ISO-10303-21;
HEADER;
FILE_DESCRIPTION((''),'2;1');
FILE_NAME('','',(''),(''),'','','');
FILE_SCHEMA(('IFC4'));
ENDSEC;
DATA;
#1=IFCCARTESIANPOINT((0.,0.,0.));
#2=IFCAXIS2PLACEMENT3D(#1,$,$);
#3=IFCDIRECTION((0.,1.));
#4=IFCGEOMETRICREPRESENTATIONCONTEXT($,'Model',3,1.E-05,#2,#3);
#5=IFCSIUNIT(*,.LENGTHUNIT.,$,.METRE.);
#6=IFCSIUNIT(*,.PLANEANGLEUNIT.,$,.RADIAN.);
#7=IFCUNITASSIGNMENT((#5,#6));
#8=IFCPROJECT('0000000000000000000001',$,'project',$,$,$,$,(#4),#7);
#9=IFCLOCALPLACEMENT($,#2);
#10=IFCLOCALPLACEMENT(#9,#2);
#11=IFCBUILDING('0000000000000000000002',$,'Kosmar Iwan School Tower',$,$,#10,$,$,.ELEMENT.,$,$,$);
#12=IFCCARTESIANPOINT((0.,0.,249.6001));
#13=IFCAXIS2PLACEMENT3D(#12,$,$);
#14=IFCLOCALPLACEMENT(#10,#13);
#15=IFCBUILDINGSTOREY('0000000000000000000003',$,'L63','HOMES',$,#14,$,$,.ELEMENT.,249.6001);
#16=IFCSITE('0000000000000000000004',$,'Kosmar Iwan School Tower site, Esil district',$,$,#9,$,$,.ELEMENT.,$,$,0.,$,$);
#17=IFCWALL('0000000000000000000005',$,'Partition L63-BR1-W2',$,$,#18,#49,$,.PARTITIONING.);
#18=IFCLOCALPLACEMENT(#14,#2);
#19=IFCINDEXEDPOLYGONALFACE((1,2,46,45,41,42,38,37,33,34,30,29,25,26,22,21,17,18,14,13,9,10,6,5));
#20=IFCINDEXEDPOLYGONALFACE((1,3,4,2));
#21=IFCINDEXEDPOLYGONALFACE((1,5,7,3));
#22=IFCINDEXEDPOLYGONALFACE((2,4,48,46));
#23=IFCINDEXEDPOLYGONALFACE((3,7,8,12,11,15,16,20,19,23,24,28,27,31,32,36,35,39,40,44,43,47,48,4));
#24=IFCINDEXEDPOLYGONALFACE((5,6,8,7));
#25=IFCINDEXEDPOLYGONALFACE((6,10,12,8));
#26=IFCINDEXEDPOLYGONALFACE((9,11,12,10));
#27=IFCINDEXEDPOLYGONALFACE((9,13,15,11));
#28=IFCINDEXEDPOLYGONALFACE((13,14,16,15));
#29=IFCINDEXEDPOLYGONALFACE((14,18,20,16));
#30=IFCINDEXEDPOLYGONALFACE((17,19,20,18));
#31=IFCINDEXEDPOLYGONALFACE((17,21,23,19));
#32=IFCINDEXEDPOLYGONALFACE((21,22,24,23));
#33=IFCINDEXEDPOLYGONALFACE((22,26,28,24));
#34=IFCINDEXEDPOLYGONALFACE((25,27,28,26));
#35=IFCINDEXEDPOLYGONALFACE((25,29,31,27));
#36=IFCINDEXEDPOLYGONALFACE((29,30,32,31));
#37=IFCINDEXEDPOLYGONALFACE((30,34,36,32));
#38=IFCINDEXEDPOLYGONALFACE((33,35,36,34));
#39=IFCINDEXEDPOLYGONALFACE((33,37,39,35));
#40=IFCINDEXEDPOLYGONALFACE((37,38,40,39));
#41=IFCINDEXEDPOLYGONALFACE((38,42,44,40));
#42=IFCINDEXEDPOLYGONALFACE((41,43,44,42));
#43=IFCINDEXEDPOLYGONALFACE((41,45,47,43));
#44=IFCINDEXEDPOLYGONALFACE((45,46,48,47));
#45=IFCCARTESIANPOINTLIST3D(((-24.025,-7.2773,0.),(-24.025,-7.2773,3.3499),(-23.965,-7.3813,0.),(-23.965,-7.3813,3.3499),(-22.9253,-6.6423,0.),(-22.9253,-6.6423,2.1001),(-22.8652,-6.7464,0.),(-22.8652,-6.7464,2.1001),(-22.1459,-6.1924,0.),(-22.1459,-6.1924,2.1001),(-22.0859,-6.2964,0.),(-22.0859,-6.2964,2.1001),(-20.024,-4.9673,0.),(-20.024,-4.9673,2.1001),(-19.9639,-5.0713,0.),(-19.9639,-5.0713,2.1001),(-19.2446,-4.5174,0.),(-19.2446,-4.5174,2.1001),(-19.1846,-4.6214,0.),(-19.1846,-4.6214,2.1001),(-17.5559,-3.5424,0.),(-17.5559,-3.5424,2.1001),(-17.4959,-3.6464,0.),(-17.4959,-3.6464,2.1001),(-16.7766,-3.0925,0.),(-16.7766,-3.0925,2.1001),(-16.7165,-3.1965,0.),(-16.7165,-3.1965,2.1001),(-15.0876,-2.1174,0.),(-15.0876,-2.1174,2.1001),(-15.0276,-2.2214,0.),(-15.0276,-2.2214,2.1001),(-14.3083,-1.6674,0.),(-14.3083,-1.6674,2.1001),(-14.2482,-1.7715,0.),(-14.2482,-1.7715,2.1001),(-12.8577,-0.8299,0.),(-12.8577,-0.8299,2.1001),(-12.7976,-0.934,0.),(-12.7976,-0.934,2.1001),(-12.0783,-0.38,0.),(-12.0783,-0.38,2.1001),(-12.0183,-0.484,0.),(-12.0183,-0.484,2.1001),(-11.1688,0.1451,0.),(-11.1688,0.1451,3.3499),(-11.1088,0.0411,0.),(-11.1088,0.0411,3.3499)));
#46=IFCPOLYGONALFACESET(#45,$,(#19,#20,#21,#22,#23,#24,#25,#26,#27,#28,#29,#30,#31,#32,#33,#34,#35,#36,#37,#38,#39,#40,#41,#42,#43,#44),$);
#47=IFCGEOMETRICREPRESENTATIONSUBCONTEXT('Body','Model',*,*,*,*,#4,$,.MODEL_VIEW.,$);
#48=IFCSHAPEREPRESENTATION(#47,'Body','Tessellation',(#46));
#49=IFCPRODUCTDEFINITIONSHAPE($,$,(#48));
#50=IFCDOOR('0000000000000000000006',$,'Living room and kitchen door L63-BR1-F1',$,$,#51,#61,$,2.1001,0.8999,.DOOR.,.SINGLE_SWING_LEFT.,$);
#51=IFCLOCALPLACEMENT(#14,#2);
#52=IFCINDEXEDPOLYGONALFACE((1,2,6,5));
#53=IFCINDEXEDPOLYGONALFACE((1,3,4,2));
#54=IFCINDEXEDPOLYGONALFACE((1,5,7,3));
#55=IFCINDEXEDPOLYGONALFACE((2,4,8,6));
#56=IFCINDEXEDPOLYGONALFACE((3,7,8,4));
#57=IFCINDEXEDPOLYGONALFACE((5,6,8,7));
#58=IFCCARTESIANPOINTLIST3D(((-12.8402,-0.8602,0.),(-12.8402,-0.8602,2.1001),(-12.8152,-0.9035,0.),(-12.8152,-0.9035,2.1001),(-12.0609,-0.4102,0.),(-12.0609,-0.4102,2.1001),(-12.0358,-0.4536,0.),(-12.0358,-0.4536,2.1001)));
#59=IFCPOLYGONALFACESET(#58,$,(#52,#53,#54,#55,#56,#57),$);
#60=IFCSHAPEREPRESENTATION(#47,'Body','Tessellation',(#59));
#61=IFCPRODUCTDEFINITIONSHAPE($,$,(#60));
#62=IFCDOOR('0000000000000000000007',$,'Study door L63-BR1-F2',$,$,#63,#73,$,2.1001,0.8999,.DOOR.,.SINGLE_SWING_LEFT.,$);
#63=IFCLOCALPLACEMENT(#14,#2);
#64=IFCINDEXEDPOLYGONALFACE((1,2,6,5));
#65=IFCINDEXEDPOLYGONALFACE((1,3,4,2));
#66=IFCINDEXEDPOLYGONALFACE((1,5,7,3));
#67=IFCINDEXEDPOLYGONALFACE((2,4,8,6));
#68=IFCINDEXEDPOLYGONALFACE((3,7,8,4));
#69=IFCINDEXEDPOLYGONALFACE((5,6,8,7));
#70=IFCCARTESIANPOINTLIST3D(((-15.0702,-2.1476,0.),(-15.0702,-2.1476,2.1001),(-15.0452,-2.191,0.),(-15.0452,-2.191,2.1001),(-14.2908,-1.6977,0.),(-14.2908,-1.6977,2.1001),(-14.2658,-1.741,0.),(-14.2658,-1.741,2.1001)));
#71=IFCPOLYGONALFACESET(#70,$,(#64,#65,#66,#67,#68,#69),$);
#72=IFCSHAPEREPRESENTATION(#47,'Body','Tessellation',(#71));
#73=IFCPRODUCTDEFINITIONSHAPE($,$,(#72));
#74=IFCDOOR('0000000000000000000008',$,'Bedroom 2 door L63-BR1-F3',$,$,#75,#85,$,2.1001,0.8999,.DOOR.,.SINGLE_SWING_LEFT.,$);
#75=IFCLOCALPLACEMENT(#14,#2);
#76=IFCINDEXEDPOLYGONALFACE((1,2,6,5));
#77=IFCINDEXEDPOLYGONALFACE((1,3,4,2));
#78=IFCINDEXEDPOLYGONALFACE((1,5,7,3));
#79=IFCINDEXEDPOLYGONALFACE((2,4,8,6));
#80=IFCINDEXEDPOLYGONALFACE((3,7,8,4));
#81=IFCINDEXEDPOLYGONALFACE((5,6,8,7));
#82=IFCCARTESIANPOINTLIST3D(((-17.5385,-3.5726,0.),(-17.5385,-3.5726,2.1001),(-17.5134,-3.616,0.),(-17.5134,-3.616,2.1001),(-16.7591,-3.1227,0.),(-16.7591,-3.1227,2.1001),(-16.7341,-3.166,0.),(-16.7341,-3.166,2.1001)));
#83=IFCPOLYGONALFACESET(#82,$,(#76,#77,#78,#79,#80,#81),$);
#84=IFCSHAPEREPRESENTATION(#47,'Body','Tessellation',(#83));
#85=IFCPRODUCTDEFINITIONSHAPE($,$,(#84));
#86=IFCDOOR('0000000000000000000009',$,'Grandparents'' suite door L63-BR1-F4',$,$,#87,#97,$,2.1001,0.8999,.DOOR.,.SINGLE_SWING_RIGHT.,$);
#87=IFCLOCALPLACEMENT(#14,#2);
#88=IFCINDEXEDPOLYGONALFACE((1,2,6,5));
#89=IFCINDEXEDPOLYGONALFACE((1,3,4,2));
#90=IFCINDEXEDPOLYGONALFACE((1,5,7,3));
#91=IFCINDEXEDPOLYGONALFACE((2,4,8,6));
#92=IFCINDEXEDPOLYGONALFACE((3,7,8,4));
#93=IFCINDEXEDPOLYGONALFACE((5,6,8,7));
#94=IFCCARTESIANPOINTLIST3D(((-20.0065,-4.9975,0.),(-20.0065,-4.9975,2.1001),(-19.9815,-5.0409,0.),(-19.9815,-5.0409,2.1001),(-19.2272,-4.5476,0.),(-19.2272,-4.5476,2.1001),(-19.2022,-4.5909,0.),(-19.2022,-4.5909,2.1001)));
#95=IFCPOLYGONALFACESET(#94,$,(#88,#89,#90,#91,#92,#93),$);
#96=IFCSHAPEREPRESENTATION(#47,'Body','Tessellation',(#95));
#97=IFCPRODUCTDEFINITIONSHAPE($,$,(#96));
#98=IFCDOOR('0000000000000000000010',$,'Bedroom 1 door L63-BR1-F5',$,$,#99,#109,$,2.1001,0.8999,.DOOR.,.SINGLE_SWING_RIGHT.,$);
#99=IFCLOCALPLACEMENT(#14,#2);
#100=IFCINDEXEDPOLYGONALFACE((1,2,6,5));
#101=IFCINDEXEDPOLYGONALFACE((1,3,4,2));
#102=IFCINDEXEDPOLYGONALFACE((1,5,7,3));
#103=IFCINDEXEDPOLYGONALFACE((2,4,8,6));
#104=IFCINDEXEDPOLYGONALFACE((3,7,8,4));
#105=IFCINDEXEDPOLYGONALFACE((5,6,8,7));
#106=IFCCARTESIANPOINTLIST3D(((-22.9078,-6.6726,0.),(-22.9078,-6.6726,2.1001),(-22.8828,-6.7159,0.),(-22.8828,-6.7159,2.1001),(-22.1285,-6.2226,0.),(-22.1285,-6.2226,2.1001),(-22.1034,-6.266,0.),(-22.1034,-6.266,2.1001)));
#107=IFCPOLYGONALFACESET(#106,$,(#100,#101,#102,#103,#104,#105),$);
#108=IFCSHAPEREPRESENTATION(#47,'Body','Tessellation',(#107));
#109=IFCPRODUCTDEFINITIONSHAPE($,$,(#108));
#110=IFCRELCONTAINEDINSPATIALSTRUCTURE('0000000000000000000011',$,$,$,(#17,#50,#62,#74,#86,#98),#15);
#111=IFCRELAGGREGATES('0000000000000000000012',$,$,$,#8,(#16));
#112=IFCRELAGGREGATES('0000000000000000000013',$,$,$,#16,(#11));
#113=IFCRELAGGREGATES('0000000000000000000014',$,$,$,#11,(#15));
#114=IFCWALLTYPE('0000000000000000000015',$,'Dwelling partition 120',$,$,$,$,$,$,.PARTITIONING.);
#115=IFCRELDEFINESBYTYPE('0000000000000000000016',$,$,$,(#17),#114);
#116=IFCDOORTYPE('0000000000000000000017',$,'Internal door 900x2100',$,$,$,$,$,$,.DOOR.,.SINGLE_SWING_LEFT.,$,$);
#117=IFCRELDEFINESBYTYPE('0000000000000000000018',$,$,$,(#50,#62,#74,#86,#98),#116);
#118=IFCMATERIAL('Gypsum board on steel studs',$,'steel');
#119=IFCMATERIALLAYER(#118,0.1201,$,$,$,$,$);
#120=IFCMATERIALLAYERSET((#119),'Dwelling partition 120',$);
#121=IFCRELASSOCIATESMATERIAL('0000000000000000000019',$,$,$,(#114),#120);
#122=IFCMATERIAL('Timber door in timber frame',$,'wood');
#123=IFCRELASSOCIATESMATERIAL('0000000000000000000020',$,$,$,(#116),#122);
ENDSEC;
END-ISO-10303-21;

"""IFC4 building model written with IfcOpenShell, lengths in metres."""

from ifc_helpers import new_model, si_unit, direction, frame, frame_2d, origin, place, context, subcontext, project, spatial, rectangle, extrude, material, layer, layer_set, type_object, element, fill, save


model = new_model("IFC4")

# Units and contexts
model_context = context("Model", 3, precision=1e-05, world=origin(), true_north=direction((0.0, 1.0)))
body_context = subcontext(model_context, "Body", "Model", "MODEL_VIEW")
ifc_project = project(units=[si_unit("LENGTHUNIT", "METRE"), si_unit("PLANEANGLEUNIT", "RADIAN")], contexts=[model_context])

# Site, building, storey
site_placement = place(None, origin())
site = spatial("IfcSite", under=ifc_project, at=site_placement, Name="Kosmar Iwan School Tower site, Esil district", CompositionType="ELEMENT", RefElevation=0.0)
building_placement = place(site_placement, origin())
building = spatial("IfcBuilding", under=site, at=building_placement, Name="Kosmar Iwan School Tower", CompositionType="ELEMENT")
storey_placement = place(building_placement, frame((0.0, 0.0, 249.6001)))
storey = spatial("IfcBuildingStorey", under=building, at=storey_placement, Name="L63", Description="HOMES", CompositionType="ELEMENT", Elevation=249.6001)

# Wall, openings, doors
ifc_material_1 = material(Name="Gypsum board on steel studs", Category="steel")
ifc_layer = layer(ifc_material_1, 0.1201)
ifc_layer_set = layer_set([ifc_layer], Name="Dwelling partition 120")
wall_type = type_object("IfcWallType", Name="Dwelling partition 120", PredefinedType="PARTITIONING", material=ifc_layer_set)
ifc_material_2 = material(Name="Timber door in timber frame", Category="wood")
door_type_1 = type_object("IfcDoorType", Name="Internal door 900x2100", OperationType="SINGLE_SWING_LEFT", PredefinedType="DOOR", material=ifc_material_2)
wall_1_placement = place(storey_placement, frame((-11.1389, 0.093, 0.0), z_axis=(0.0, 0.0, 1.0), x_axis=(-0.86603, -0.499992, 0.0)))
wall_1 = element("IfcWall", 1, at=wall_1_placement, inside=storey, type_object=wall_type, Name="Partition L63-BR1-W2", PredefinedType="PARTITIONING", context=body_context, shape_type="SweptSolid", body=[
    extrude(rectangle(XDim=14.845, YDim=0.1201, at=frame_2d((7.4224, 0.0))), origin(), (0.0, 0.0, 1.0), 3.3499),
])
opening_1_placement = place(wall_1_placement, frame((1.05, 0.0, 0.0)))
opening_1 = element("IfcOpeningElement", 2, at=opening_1_placement, cuts=wall_1, PredefinedType="OPENING", context=body_context, shape_type="SweptSolid", body=[
    extrude(rectangle(XDim=0.8999, YDim=2.1001, at=frame_2d((0.45, 1.05))), frame((0.0, 0.072, 0.0), z_axis=(0.0, -1.0, 0.0), x_axis=(1.0, 0.0, 0.0)), (0.0, 0.0, 1.0), 0.144),
])
opening_2_placement = place(wall_1_placement, frame((3.625, 0.0, 0.0)))
opening_2 = element("IfcOpeningElement", 3, at=opening_2_placement, cuts=wall_1, PredefinedType="OPENING", context=body_context, shape_type="SweptSolid", body=[
    extrude(rectangle(XDim=0.8999, YDim=2.1001, at=frame_2d((0.45, 1.05))), frame((0.0, 0.072, 0.0), z_axis=(0.0, -1.0, 0.0), x_axis=(1.0, 0.0, 0.0)), (0.0, 0.0, 1.0), 0.144),
])
opening_3_placement = place(wall_1_placement, frame((6.4751, 0.0, 0.0)))
opening_3 = element("IfcOpeningElement", 4, at=opening_3_placement, cuts=wall_1, PredefinedType="OPENING", context=body_context, shape_type="SweptSolid", body=[
    extrude(rectangle(XDim=0.8999, YDim=2.1001, at=frame_2d((0.45, 1.05))), frame((0.0, 0.072, 0.0), z_axis=(0.0, -1.0, 0.0), x_axis=(1.0, 0.0, 0.0)), (0.0, 0.0, 1.0), 0.144),
])
opening_4_placement = place(wall_1_placement, frame((9.325, 0.0, 0.0)))
opening_4 = element("IfcOpeningElement", 5, at=opening_4_placement, cuts=wall_1, PredefinedType="OPENING", context=body_context, shape_type="SweptSolid", body=[
    extrude(rectangle(XDim=0.8999, YDim=2.1001, at=frame_2d((0.45, 1.05))), frame((0.0, 0.072, 0.0), z_axis=(0.0, -1.0, 0.0), x_axis=(1.0, 0.0, 0.0)), (0.0, 0.0, 1.0), 0.144),
])
opening_5_placement = place(wall_1_placement, frame((12.675, 0.0, 0.0)))
opening_5 = element("IfcOpeningElement", 6, at=opening_5_placement, cuts=wall_1, PredefinedType="OPENING", context=body_context, shape_type="SweptSolid", body=[
    extrude(rectangle(XDim=0.8999, YDim=2.1001, at=frame_2d((0.45, 1.05))), frame((0.0, 0.072, 0.0), z_axis=(0.0, -1.0, 0.0), x_axis=(1.0, 0.0, 0.0)), (0.0, 0.0, 1.0), 0.144),
])
door_1_placement = place(opening_1_placement, origin())
door_1 = element("IfcDoor", 7, at=door_1_placement, inside=storey, type_object=door_type_1, Name="Living room and kitchen door L63-BR1-F1", OperationType="SINGLE_SWING_LEFT", OverallHeight=2.1001, OverallWidth=0.8999, PredefinedType="DOOR", context=body_context, shape_type="SweptSolid", body=[
    extrude(rectangle(XDim=0.8999, YDim=2.1001, at=frame_2d((0.45, 1.05))), frame((0.0, 0.0249, 0.0), z_axis=(0.0, -1.0, 0.0), x_axis=(1.0, 0.0, 0.0)), (0.0, 0.0, 1.0), 0.05),
])
fill(opening_1, door_1)
door_2_placement = place(opening_2_placement, origin())
door_2 = element("IfcDoor", 8, at=door_2_placement, inside=storey, type_object=door_type_1, Name="Study door L63-BR1-F2", OperationType="SINGLE_SWING_LEFT", OverallHeight=2.1001, OverallWidth=0.8999, PredefinedType="DOOR", context=body_context, shape_type="SweptSolid", body=[
    extrude(rectangle(XDim=0.8999, YDim=2.1001, at=frame_2d((0.45, 1.05))), frame((0.0, 0.0249, 0.0), z_axis=(0.0, -1.0, 0.0), x_axis=(1.0, 0.0, 0.0)), (0.0, 0.0, 1.0), 0.05),
])
fill(opening_2, door_2)
door_3_placement = place(opening_3_placement, origin())
door_3 = element("IfcDoor", 9, at=door_3_placement, inside=storey, type_object=door_type_1, Name="Bedroom 2 door L63-BR1-F3", OperationType="SINGLE_SWING_LEFT", OverallHeight=2.1001, OverallWidth=0.8999, PredefinedType="DOOR", context=body_context, shape_type="SweptSolid", body=[
    extrude(rectangle(XDim=0.8999, YDim=2.1001, at=frame_2d((0.45, 1.05))), frame((0.0, 0.0249, 0.0), z_axis=(0.0, -1.0, 0.0), x_axis=(1.0, 0.0, 0.0)), (0.0, 0.0, 1.0), 0.05),
])
fill(opening_3, door_3)
door_4_placement = place(opening_4_placement, origin())
door_4 = element("IfcDoor", 10, at=door_4_placement, inside=storey, type_object=door_type_1, Name="Grandparents' suite door L63-BR1-F4", OperationType="SINGLE_SWING_RIGHT", OverallHeight=2.1001, OverallWidth=0.8999, PredefinedType="DOOR", context=body_context, shape_type="SweptSolid", body=[
    extrude(rectangle(XDim=0.8999, YDim=2.1001, at=frame_2d((0.45, 1.05))), frame((0.0, 0.0249, 0.0), z_axis=(0.0, -1.0, 0.0), x_axis=(1.0, 0.0, 0.0)), (0.0, 0.0, 1.0), 0.05),
])
fill(opening_4, door_4)
door_5_placement = place(opening_5_placement, origin())
door_5 = element("IfcDoor", 11, at=door_5_placement, inside=storey, type_object=door_type_1, Name="Bedroom 1 door L63-BR1-F5", OperationType="SINGLE_SWING_RIGHT", OverallHeight=2.1001, OverallWidth=0.8999, PredefinedType="DOOR", context=body_context, shape_type="SweptSolid", body=[
    extrude(rectangle(XDim=0.8999, YDim=2.1001, at=frame_2d((0.45, 1.05))), frame((0.0, 0.0249, 0.0), z_axis=(0.0, -1.0, 0.0), x_axis=(1.0, 0.0, 0.0)), (0.0, 0.0, 1.0), 0.05),
])
fill(opening_5, door_5)

save(model, "model.ifc")
